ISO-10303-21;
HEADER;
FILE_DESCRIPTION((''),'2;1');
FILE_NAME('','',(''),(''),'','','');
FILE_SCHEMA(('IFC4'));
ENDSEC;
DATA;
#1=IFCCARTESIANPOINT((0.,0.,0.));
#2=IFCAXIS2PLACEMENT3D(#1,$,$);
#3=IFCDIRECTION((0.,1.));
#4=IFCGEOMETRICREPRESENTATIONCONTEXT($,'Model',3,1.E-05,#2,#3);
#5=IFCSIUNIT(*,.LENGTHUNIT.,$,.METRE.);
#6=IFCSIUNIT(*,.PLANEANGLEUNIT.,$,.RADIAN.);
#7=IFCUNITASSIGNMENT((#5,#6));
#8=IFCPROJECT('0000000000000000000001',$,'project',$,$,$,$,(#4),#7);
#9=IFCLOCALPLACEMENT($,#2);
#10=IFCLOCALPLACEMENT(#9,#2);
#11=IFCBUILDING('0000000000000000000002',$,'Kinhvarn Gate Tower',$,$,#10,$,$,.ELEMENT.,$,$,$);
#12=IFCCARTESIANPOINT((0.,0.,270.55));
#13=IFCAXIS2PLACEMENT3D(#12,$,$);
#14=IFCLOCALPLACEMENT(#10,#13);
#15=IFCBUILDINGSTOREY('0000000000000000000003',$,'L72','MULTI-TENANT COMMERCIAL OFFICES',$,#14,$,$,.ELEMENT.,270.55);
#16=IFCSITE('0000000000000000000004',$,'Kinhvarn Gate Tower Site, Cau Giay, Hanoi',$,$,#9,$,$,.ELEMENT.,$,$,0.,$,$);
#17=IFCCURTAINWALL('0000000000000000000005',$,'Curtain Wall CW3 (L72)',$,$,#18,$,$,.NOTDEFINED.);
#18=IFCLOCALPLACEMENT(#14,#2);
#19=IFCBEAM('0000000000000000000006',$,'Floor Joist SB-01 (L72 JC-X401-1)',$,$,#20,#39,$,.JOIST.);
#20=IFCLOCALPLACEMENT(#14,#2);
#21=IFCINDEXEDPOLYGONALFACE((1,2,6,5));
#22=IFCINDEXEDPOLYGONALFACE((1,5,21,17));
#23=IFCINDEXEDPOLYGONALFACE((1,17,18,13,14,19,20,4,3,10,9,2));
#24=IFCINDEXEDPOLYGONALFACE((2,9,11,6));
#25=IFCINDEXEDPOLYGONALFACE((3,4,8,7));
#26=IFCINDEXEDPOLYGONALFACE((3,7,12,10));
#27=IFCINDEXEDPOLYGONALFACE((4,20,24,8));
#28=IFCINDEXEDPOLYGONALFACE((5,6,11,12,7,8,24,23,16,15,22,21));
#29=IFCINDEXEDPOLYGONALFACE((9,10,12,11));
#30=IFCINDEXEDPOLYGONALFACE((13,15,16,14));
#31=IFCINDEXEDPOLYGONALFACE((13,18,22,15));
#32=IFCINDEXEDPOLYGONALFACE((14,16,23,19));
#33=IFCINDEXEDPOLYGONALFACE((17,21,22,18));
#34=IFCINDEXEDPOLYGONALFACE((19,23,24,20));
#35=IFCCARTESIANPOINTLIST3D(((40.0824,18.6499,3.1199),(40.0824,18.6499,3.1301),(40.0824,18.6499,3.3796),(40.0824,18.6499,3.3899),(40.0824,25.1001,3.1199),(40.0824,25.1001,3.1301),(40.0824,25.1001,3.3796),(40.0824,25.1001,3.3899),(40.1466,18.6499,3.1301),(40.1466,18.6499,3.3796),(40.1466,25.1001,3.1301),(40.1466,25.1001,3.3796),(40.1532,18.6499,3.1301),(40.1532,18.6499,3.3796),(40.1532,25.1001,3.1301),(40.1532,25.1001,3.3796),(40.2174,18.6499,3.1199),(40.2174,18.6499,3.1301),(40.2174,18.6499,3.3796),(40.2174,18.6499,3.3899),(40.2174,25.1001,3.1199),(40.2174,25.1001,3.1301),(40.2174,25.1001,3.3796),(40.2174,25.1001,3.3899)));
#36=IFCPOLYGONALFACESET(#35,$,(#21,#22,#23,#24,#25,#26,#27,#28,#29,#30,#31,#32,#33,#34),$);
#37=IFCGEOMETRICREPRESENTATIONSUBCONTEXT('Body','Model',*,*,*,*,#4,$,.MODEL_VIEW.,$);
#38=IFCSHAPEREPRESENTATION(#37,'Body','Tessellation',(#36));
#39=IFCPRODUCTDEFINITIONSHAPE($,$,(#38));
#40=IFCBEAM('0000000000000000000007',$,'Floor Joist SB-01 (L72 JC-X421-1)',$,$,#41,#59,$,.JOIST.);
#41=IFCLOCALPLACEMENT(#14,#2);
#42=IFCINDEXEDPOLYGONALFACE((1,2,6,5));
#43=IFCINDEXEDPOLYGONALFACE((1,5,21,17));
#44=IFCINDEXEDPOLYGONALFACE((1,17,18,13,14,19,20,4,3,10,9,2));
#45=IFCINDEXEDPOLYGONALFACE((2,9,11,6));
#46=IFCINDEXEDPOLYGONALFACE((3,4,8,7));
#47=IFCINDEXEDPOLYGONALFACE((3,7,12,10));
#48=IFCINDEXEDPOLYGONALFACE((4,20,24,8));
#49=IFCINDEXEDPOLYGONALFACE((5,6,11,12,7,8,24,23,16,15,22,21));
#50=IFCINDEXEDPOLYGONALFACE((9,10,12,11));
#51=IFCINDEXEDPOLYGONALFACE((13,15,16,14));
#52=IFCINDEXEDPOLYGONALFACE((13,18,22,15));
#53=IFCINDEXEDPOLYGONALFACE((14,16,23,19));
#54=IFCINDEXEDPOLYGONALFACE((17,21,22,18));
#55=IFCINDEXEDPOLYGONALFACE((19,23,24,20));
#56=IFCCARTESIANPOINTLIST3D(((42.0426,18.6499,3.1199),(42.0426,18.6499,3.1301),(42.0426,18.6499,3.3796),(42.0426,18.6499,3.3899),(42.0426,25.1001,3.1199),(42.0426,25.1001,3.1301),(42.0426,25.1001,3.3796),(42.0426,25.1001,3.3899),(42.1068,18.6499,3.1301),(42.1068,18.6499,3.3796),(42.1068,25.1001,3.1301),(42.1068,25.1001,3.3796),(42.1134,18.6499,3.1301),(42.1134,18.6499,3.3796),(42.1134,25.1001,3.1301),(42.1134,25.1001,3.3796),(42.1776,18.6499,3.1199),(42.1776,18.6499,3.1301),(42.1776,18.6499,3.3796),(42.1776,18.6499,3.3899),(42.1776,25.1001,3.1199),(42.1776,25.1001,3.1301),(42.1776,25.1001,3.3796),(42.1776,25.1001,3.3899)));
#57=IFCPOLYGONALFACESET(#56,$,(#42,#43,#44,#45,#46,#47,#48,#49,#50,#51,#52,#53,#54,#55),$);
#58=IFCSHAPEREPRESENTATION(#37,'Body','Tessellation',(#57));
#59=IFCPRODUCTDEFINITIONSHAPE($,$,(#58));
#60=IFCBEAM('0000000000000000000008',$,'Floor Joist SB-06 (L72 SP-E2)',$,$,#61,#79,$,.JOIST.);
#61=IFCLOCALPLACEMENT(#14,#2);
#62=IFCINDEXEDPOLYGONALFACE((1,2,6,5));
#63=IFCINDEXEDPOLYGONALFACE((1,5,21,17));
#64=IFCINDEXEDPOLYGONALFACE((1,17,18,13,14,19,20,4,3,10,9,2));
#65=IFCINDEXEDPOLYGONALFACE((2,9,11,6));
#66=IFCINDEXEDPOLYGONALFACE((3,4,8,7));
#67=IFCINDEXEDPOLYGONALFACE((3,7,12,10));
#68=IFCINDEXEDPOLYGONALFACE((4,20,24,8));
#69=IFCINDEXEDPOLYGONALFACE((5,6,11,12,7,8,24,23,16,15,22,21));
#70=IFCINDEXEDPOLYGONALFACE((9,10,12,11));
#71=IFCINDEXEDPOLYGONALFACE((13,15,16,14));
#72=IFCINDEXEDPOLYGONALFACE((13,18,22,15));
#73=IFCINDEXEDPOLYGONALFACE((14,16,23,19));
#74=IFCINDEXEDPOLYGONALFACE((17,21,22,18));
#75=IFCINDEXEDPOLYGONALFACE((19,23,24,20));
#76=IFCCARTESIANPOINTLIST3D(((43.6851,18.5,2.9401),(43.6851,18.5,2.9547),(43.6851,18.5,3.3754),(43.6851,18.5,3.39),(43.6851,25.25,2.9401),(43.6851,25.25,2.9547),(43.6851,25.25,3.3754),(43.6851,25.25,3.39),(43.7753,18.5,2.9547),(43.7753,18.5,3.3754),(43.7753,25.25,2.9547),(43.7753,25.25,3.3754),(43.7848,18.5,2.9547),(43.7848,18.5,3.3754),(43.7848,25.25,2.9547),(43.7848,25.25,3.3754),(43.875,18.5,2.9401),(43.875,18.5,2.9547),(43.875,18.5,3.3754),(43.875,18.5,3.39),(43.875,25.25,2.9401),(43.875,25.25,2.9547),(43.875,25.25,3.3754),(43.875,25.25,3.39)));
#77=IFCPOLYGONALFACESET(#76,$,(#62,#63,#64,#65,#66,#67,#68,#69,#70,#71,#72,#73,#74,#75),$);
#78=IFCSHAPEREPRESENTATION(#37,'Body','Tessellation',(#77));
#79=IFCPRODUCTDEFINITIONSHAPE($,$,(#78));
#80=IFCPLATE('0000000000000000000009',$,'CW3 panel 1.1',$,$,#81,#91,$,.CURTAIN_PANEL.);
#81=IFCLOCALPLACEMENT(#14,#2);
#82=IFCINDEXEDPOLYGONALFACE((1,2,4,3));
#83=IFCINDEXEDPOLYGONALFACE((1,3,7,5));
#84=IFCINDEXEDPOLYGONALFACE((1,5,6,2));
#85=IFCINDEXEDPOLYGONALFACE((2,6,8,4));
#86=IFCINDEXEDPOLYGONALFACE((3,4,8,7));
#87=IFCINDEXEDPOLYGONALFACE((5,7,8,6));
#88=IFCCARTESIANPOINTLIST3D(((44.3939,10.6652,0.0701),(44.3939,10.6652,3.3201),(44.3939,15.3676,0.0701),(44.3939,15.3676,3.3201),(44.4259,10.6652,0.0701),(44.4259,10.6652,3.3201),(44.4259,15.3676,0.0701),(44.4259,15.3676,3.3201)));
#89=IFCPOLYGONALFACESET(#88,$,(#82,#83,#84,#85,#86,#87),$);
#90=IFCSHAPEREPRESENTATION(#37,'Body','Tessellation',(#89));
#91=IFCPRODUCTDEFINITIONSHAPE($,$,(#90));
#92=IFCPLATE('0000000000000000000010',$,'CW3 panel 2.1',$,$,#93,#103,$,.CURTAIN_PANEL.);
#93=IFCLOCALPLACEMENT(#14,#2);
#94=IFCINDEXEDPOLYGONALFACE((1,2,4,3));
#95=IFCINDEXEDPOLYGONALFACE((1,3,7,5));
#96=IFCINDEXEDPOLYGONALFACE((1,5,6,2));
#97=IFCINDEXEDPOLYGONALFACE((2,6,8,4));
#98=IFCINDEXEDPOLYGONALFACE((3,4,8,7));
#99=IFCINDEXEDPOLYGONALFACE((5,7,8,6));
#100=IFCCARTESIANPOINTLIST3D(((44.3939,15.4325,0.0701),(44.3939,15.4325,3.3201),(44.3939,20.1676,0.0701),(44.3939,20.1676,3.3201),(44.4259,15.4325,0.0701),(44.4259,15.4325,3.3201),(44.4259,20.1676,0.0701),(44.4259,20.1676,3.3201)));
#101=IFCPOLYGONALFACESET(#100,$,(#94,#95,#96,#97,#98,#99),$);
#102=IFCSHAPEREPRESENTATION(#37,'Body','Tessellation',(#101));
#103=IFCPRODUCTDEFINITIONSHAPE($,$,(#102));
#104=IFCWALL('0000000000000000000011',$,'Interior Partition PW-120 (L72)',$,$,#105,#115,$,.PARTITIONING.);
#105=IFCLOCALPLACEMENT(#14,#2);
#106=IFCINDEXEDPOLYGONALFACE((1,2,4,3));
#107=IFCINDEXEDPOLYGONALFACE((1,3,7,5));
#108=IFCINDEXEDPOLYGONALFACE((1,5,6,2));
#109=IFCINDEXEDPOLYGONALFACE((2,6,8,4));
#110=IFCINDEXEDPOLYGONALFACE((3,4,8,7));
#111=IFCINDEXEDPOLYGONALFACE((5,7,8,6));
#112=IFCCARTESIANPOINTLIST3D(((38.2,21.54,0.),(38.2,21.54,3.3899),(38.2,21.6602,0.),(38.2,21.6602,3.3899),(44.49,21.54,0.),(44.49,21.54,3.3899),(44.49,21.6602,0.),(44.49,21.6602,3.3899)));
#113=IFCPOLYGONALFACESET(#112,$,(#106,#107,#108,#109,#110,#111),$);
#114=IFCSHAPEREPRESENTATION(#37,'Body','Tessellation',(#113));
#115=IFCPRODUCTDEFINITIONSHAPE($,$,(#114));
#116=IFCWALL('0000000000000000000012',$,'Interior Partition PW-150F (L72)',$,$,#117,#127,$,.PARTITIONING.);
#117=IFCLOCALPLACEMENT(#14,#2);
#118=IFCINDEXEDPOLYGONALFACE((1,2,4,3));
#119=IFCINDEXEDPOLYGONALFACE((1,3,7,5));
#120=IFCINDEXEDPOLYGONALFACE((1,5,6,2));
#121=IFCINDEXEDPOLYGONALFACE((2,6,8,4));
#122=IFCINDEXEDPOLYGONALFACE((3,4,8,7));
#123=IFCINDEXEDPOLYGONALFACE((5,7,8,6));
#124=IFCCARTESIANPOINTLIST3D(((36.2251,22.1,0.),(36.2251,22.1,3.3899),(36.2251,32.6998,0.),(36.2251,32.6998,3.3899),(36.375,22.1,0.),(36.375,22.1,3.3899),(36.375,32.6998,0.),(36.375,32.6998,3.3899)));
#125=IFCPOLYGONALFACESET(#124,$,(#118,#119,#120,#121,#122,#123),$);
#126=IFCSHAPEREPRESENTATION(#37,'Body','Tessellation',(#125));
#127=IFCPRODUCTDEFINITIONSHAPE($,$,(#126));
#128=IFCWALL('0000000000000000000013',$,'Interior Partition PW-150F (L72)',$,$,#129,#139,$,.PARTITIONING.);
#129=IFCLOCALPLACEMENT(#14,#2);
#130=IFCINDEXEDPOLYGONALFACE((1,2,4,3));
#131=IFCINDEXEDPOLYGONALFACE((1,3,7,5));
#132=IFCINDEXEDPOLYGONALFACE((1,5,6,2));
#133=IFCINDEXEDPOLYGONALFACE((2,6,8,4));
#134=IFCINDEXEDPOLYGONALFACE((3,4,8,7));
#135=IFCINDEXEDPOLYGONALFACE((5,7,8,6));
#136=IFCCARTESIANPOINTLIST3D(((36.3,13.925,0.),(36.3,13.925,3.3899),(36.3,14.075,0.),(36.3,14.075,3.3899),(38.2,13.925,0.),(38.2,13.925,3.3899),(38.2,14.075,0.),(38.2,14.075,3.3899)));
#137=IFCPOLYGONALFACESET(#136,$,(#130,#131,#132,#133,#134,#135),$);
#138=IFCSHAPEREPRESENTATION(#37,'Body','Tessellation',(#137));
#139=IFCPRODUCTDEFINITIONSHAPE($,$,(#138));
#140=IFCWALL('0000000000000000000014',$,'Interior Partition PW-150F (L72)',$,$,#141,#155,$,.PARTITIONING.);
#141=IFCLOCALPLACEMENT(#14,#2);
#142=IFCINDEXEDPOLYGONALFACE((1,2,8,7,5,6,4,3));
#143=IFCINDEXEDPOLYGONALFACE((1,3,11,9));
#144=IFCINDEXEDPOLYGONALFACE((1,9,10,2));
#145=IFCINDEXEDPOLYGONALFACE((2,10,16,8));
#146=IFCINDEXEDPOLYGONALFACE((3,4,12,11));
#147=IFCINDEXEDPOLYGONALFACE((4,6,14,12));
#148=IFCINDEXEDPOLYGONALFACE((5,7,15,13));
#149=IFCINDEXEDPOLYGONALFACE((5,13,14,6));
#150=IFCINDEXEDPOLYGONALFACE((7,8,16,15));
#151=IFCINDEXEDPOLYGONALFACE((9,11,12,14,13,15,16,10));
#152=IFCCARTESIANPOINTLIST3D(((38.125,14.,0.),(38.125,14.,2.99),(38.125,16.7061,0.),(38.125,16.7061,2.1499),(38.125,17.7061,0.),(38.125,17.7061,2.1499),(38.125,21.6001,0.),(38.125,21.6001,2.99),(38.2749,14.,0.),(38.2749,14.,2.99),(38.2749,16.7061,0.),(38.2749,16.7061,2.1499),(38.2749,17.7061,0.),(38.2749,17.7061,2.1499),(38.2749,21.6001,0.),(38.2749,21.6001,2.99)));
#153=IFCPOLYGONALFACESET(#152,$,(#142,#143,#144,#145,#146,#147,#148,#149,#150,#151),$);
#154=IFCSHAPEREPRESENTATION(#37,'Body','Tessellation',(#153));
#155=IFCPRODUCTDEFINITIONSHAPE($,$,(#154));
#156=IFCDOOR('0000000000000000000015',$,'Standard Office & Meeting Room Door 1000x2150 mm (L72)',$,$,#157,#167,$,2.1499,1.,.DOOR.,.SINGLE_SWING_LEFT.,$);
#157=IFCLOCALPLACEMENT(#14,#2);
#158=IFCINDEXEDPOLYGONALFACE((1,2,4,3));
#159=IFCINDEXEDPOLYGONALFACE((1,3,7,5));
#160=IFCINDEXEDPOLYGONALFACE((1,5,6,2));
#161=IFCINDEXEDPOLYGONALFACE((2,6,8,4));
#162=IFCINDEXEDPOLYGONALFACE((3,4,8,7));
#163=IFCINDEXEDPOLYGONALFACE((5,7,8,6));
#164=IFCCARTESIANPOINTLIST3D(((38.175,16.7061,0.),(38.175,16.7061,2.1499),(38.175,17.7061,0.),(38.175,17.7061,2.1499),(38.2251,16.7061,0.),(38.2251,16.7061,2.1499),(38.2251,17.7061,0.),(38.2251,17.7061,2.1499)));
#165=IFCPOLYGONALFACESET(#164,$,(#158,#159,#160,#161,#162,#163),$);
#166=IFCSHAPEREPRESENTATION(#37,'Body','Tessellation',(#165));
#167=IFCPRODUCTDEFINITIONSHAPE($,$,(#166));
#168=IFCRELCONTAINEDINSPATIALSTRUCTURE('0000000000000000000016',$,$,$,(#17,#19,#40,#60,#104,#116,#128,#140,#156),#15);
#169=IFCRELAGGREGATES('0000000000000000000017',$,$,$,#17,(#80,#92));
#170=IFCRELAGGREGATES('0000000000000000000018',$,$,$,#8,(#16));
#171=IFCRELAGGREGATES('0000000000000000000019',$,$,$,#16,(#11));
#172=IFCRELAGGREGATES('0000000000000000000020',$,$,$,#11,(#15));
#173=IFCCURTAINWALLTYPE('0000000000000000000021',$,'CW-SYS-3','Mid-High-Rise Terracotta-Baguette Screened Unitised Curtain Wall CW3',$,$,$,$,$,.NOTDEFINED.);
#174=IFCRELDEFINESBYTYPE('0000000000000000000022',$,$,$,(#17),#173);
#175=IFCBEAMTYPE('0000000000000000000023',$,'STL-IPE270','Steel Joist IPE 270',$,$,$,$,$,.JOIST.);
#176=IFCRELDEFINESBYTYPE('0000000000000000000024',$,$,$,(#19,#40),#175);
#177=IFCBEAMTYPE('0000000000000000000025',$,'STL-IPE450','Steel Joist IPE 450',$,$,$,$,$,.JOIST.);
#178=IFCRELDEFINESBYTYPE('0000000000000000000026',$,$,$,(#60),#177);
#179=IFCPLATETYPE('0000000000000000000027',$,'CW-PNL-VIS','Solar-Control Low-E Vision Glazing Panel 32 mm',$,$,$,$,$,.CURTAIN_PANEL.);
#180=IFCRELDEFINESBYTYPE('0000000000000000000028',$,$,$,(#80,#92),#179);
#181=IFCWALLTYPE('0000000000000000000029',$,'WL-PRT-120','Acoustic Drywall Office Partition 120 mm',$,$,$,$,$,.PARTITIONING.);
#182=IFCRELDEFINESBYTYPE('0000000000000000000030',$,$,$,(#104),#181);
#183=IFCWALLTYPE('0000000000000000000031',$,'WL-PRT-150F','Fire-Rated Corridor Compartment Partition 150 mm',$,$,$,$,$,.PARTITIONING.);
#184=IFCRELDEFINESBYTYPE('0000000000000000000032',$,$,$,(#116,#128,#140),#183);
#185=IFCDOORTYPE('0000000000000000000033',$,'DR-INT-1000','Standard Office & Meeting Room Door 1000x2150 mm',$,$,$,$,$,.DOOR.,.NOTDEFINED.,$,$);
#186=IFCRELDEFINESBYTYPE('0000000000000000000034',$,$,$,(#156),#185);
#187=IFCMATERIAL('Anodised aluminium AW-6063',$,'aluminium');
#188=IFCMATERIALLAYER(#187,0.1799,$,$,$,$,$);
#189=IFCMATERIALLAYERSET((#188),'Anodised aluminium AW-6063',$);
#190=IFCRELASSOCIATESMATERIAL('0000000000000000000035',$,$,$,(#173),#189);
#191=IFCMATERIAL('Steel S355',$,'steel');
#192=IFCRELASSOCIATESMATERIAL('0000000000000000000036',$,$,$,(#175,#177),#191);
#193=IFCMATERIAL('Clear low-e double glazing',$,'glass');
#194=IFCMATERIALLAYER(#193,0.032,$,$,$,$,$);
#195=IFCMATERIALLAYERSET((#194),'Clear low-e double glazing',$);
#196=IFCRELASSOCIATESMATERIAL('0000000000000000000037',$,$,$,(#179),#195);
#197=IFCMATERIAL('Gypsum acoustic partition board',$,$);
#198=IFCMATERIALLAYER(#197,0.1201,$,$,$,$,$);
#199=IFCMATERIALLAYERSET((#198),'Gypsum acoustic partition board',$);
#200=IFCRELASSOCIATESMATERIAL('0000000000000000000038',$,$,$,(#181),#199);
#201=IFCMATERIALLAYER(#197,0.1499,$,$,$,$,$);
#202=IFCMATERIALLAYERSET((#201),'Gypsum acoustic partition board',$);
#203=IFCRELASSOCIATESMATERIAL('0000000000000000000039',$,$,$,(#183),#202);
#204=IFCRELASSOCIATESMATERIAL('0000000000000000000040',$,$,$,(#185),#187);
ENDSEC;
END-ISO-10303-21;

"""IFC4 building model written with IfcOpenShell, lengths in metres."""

from ifc_helpers import new_model, si_unit, direction, frame, frame_2d, origin, origin_2d, place, context, subcontext, project, spatial, rectangle, i_section, extrude, material, layer, layer_set, material_profile, profile_set, type_object, element, fill, aggregate, save


model = new_model("IFC4")

# Units and contexts
model_context = context("Model", 3, precision=1e-05, world=origin(), true_north=direction((0.0, 1.0)))
body_context = subcontext(model_context, "Body", "Model", "MODEL_VIEW")
ifc_project = project(units=[si_unit("LENGTHUNIT", "METRE"), si_unit("PLANEANGLEUNIT", "RADIAN")], contexts=[model_context])

# Site, building, storey
site_placement = place(None, origin())
site = spatial("IfcSite", under=ifc_project, at=site_placement, Name="Kinhvarn Gate Tower Site, Cau Giay, Hanoi", CompositionType="ELEMENT", RefElevation=0.0)
building_placement = place(site_placement, origin())
building = spatial("IfcBuilding", under=site, at=building_placement, Name="Kinhvarn Gate Tower", CompositionType="ELEMENT")
storey_placement = place(building_placement, frame((0.0, 0.0, 270.55)))
storey = spatial("IfcBuildingStorey", under=building, at=storey_placement, Name="L72", Description="MULTI-TENANT COMMERCIAL OFFICES", CompositionType="ELEMENT", Elevation=270.55)

# Curtain wall
ifc_material_1 = material(Name="Anodised aluminium AW-6063", Category="aluminium")
ifc_layer_1 = layer(ifc_material_1, 0.1799)
ifc_layer_set_1 = layer_set([ifc_layer_1], Name="Anodised aluminium AW-6063")
curtain_wall_type = type_object("IfcCurtainWallType", Name="CW-SYS-3", Description="Mid-High-Rise Terracotta-Baguette Screened Unitised Curtain Wall CW3", PredefinedType="NOTDEFINED", material=ifc_layer_set_1)
curtain_wall_placement = place(storey_placement, origin())
curtain_wall = element("IfcCurtainWall", 1, at=curtain_wall_placement, inside=storey, type_object=curtain_wall_type, Name="Curtain Wall CW3 (L72)", PredefinedType="NOTDEFINED")

# Beams
ifc_material_2 = material(Name="Steel S355", Category="steel")
ifc_material_profile_1 = material_profile(ifc_material_2, i_section(OverallWidth=0.135, OverallDepth=0.27, WebThickness=0.0066, FlangeThickness=0.0103, at=origin_2d()), Name="IPE 270")
ifc_profile_set_1 = profile_set([ifc_material_profile_1], Name="Steel S355")
beam_type_1 = type_object("IfcBeamType", Name="STL-IPE270", Description="Steel Joist IPE 270", PredefinedType="JOIST", material=ifc_profile_set_1)
for number, where, z_axis, x_axis, name in (
    (2, (40.1499, 18.6499, 3.2549), (0.0, 1.0, 0.0), (-1.0, 0.0, 0.0), "Floor Joist SB-01 (L72 JC-X401-1)"),
    (3, (42.1101, 18.6499, 3.2549), (0.0, 1.0, 0.0), (-1.0, 0.0, 0.0), "Floor Joist SB-01 (L72 JC-X421-1)"),
):
    element("IfcBeam", number, at=place(storey_placement, frame(where, z_axis=z_axis, x_axis=x_axis)), inside=storey, type_object=beam_type_1, Name=name, PredefinedType="JOIST", context=body_context, shape_type="SweptSolid", body=[
        extrude(i_section(OverallWidth=0.135, OverallDepth=0.27, WebThickness=0.0066, FlangeThickness=0.0103, at=origin_2d()), origin(), (0.0, 0.0, 1.0), 6.4502),
    ])
ifc_material_profile_2 = material_profile(ifc_material_2, i_section(OverallWidth=0.1899, OverallDepth=0.45, WebThickness=0.0095, FlangeThickness=0.0146, at=origin_2d()), Name="IPE 450")
ifc_profile_set_2 = profile_set([ifc_material_profile_2], Name="Steel S355")
beam_type_2 = type_object("IfcBeamType", Name="STL-IPE450", Description="Steel Joist IPE 450", PredefinedType="JOIST", material=ifc_profile_set_2)
beam_1_placement = place(storey_placement, frame((43.78, 18.5, 3.165), z_axis=(0.0, 1.0, 0.0), x_axis=(-1.0, 0.0, 0.0)))
element("IfcBeam", 4, at=beam_1_placement, inside=storey, type_object=beam_type_2, Name="Floor Joist SB-06 (L72 SP-E2)", PredefinedType="JOIST", context=body_context, shape_type="SweptSolid", body=[
    extrude(i_section(OverallWidth=0.1899, OverallDepth=0.45, WebThickness=0.0095, FlangeThickness=0.0146, at=origin_2d()), origin(), (0.0, 0.0, 1.0), 6.75),
])

# Plates
ifc_material_3 = material(Name="Clear low-e double glazing", Category="glass")
ifc_layer_2 = layer(ifc_material_3, 0.032)
ifc_layer_set_2 = layer_set([ifc_layer_2], Name="Clear low-e double glazing")
plate_type = type_object("IfcPlateType", Name="CW-PNL-VIS", Description="Solar-Control Low-E Vision Glazing Panel 32 mm", PredefinedType="CURTAIN_PANEL", material=ifc_layer_set_2)
plate_1_placement = place(storey_placement, frame((44.4099, 13.0164, 0.0701), z_axis=(0.0, 0.0, 1.0), x_axis=(0.0, 1.0, 0.0)))
plate_1 = element("IfcPlate", 5, at=plate_1_placement, type_object=plate_type, Name="CW3 panel 1.1", PredefinedType="CURTAIN_PANEL", context=body_context, shape_type="SweptSolid", body=[
    extrude(rectangle(XDim=4.7024, YDim=0.032, at=origin_2d()), origin(), (0.0, 0.0, 1.0), 3.25),
])
plate_2_placement = place(storey_placement, frame((44.4099, 17.8, 0.0701), z_axis=(0.0, 0.0, 1.0), x_axis=(0.0, 1.0, 0.0)))
plate_2 = element("IfcPlate", 6, at=plate_2_placement, type_object=plate_type, Name="CW3 panel 2.1", PredefinedType="CURTAIN_PANEL", context=body_context, shape_type="SweptSolid", body=[
    extrude(rectangle(XDim=4.7351, YDim=0.032, at=origin_2d()), origin(), (0.0, 0.0, 1.0), 3.25),
])
aggregate(curtain_wall, [plate_1, plate_2])

# Wall
ifc_material_4 = material(Name="Gypsum acoustic partition board")
ifc_layer_3 = layer(ifc_material_4, 0.1201)
ifc_layer_set_3 = layer_set([ifc_layer_3], Name="Gypsum acoustic partition board")
wall_type_1 = type_object("IfcWallType", Name="WL-PRT-120", Description="Acoustic Drywall Office Partition 120 mm", PredefinedType="PARTITIONING", material=ifc_layer_set_3)
wall_1_placement = place(storey_placement, frame((38.2, 21.6001, 0.0), z_axis=(0.0, 0.0, 1.0), x_axis=(1.0, 0.0, 0.0)))
element("IfcWall", 7, at=wall_1_placement, inside=storey, type_object=wall_type_1, Name="Interior Partition PW-120 (L72)", PredefinedType="PARTITIONING", context=body_context, shape_type="SweptSolid", body=[
    extrude(rectangle(XDim=6.29, YDim=0.1201, at=frame_2d((3.145, 0.0))), origin(), (0.0, 0.0, 1.0), 3.3899),
])

# Shared definitions
ifc_layer_4 = layer(ifc_material_4, 0.1499)
ifc_layer_set_4 = layer_set([ifc_layer_4], Name="Gypsum acoustic partition board")
wall_type_2 = type_object("IfcWallType", Name="WL-PRT-150F", Description="Fire-Rated Corridor Compartment Partition 150 mm", PredefinedType="PARTITIONING", material=ifc_layer_set_4)
door_type = type_object("IfcDoorType", Name="DR-INT-1000", Description="Standard Office & Meeting Room Door 1000x2150 mm", OperationType="NOTDEFINED", PredefinedType="DOOR", material=ifc_material_1)

# Walls
wall_2_placement = place(storey_placement, frame((36.3, 22.1001, 0.0), z_axis=(0.0, 0.0, 1.0), x_axis=(0.0, 1.0, 0.0)))
element("IfcWall", 8, at=wall_2_placement, inside=storey, type_object=wall_type_2, Name="Interior Partition PW-150F (L72)", PredefinedType="PARTITIONING", context=body_context, shape_type="SweptSolid", body=[
    extrude(rectangle(XDim=10.5999, YDim=0.1499, at=frame_2d((5.2998, 0.0))), origin(), (0.0, 0.0, 1.0), 3.3899),
])
wall_3_placement = place(storey_placement, frame((36.3, 14.0, 0.0), z_axis=(0.0, 0.0, 1.0), x_axis=(1.0, 0.0, 0.0)))
element("IfcWall", 9, at=wall_3_placement, inside=storey, type_object=wall_type_2, Name="Interior Partition PW-150F (L72)", PredefinedType="PARTITIONING", context=body_context, shape_type="SweptSolid", body=[
    extrude(rectangle(XDim=1.8999, YDim=0.1499, at=frame_2d((0.95, 0.0))), origin(), (0.0, 0.0, 1.0), 3.3899),
])

# Wall, opening, door
wall_4_placement = place(storey_placement, frame((38.2, 14.0, 0.0), z_axis=(0.0, 0.0, 1.0), x_axis=(0.0, 1.0, 0.0)))
wall_4 = element("IfcWall", 10, at=wall_4_placement, inside=storey, type_object=wall_type_2, Name="Interior Partition PW-150F (L72)", PredefinedType="PARTITIONING", context=body_context, shape_type="SweptSolid", body=[
    extrude(rectangle(XDim=7.6001, YDim=0.1499, at=frame_2d((3.8, 0.0))), origin(), (0.0, 0.0, 1.0), 2.99),
])
opening_1_placement = place(wall_4_placement, frame((2.7061, 0.0, 0.0)))
opening_1 = element("IfcOpeningElement", 11, at=opening_1_placement, cuts=wall_4, PredefinedType="OPENING", context=body_context, shape_type="SweptSolid", body=[
    extrude(rectangle(XDim=1.0, YDim=2.1499, at=frame_2d((0.5, 1.075))), frame((0.0, 0.085, 0.0), z_axis=(0.0, -1.0, 0.0), x_axis=(1.0, 0.0, 0.0)), (0.0, 0.0, 1.0), 0.1699),
])
door_1_placement = place(opening_1_placement, origin())
door_1 = element("IfcDoor", 12, at=door_1_placement, inside=storey, type_object=door_type, Name="Standard Office & Meeting Room Door 1000x2150 mm (L72)", OperationType="SINGLE_SWING_LEFT", OverallHeight=2.1499, OverallWidth=1.0, PredefinedType="DOOR", context=body_context, shape_type="SweptSolid", body=[
    extrude(rectangle(XDim=1.0, YDim=2.1499, at=frame_2d((0.5, 1.075))), frame((0.0, 0.0249, 0.0), z_axis=(0.0, -1.0, 0.0), x_axis=(1.0, 0.0, 0.0)), (0.0, 0.0, 1.0), 0.05),
])
fill(opening_1, door_1)

save(model, "model.ifc")
